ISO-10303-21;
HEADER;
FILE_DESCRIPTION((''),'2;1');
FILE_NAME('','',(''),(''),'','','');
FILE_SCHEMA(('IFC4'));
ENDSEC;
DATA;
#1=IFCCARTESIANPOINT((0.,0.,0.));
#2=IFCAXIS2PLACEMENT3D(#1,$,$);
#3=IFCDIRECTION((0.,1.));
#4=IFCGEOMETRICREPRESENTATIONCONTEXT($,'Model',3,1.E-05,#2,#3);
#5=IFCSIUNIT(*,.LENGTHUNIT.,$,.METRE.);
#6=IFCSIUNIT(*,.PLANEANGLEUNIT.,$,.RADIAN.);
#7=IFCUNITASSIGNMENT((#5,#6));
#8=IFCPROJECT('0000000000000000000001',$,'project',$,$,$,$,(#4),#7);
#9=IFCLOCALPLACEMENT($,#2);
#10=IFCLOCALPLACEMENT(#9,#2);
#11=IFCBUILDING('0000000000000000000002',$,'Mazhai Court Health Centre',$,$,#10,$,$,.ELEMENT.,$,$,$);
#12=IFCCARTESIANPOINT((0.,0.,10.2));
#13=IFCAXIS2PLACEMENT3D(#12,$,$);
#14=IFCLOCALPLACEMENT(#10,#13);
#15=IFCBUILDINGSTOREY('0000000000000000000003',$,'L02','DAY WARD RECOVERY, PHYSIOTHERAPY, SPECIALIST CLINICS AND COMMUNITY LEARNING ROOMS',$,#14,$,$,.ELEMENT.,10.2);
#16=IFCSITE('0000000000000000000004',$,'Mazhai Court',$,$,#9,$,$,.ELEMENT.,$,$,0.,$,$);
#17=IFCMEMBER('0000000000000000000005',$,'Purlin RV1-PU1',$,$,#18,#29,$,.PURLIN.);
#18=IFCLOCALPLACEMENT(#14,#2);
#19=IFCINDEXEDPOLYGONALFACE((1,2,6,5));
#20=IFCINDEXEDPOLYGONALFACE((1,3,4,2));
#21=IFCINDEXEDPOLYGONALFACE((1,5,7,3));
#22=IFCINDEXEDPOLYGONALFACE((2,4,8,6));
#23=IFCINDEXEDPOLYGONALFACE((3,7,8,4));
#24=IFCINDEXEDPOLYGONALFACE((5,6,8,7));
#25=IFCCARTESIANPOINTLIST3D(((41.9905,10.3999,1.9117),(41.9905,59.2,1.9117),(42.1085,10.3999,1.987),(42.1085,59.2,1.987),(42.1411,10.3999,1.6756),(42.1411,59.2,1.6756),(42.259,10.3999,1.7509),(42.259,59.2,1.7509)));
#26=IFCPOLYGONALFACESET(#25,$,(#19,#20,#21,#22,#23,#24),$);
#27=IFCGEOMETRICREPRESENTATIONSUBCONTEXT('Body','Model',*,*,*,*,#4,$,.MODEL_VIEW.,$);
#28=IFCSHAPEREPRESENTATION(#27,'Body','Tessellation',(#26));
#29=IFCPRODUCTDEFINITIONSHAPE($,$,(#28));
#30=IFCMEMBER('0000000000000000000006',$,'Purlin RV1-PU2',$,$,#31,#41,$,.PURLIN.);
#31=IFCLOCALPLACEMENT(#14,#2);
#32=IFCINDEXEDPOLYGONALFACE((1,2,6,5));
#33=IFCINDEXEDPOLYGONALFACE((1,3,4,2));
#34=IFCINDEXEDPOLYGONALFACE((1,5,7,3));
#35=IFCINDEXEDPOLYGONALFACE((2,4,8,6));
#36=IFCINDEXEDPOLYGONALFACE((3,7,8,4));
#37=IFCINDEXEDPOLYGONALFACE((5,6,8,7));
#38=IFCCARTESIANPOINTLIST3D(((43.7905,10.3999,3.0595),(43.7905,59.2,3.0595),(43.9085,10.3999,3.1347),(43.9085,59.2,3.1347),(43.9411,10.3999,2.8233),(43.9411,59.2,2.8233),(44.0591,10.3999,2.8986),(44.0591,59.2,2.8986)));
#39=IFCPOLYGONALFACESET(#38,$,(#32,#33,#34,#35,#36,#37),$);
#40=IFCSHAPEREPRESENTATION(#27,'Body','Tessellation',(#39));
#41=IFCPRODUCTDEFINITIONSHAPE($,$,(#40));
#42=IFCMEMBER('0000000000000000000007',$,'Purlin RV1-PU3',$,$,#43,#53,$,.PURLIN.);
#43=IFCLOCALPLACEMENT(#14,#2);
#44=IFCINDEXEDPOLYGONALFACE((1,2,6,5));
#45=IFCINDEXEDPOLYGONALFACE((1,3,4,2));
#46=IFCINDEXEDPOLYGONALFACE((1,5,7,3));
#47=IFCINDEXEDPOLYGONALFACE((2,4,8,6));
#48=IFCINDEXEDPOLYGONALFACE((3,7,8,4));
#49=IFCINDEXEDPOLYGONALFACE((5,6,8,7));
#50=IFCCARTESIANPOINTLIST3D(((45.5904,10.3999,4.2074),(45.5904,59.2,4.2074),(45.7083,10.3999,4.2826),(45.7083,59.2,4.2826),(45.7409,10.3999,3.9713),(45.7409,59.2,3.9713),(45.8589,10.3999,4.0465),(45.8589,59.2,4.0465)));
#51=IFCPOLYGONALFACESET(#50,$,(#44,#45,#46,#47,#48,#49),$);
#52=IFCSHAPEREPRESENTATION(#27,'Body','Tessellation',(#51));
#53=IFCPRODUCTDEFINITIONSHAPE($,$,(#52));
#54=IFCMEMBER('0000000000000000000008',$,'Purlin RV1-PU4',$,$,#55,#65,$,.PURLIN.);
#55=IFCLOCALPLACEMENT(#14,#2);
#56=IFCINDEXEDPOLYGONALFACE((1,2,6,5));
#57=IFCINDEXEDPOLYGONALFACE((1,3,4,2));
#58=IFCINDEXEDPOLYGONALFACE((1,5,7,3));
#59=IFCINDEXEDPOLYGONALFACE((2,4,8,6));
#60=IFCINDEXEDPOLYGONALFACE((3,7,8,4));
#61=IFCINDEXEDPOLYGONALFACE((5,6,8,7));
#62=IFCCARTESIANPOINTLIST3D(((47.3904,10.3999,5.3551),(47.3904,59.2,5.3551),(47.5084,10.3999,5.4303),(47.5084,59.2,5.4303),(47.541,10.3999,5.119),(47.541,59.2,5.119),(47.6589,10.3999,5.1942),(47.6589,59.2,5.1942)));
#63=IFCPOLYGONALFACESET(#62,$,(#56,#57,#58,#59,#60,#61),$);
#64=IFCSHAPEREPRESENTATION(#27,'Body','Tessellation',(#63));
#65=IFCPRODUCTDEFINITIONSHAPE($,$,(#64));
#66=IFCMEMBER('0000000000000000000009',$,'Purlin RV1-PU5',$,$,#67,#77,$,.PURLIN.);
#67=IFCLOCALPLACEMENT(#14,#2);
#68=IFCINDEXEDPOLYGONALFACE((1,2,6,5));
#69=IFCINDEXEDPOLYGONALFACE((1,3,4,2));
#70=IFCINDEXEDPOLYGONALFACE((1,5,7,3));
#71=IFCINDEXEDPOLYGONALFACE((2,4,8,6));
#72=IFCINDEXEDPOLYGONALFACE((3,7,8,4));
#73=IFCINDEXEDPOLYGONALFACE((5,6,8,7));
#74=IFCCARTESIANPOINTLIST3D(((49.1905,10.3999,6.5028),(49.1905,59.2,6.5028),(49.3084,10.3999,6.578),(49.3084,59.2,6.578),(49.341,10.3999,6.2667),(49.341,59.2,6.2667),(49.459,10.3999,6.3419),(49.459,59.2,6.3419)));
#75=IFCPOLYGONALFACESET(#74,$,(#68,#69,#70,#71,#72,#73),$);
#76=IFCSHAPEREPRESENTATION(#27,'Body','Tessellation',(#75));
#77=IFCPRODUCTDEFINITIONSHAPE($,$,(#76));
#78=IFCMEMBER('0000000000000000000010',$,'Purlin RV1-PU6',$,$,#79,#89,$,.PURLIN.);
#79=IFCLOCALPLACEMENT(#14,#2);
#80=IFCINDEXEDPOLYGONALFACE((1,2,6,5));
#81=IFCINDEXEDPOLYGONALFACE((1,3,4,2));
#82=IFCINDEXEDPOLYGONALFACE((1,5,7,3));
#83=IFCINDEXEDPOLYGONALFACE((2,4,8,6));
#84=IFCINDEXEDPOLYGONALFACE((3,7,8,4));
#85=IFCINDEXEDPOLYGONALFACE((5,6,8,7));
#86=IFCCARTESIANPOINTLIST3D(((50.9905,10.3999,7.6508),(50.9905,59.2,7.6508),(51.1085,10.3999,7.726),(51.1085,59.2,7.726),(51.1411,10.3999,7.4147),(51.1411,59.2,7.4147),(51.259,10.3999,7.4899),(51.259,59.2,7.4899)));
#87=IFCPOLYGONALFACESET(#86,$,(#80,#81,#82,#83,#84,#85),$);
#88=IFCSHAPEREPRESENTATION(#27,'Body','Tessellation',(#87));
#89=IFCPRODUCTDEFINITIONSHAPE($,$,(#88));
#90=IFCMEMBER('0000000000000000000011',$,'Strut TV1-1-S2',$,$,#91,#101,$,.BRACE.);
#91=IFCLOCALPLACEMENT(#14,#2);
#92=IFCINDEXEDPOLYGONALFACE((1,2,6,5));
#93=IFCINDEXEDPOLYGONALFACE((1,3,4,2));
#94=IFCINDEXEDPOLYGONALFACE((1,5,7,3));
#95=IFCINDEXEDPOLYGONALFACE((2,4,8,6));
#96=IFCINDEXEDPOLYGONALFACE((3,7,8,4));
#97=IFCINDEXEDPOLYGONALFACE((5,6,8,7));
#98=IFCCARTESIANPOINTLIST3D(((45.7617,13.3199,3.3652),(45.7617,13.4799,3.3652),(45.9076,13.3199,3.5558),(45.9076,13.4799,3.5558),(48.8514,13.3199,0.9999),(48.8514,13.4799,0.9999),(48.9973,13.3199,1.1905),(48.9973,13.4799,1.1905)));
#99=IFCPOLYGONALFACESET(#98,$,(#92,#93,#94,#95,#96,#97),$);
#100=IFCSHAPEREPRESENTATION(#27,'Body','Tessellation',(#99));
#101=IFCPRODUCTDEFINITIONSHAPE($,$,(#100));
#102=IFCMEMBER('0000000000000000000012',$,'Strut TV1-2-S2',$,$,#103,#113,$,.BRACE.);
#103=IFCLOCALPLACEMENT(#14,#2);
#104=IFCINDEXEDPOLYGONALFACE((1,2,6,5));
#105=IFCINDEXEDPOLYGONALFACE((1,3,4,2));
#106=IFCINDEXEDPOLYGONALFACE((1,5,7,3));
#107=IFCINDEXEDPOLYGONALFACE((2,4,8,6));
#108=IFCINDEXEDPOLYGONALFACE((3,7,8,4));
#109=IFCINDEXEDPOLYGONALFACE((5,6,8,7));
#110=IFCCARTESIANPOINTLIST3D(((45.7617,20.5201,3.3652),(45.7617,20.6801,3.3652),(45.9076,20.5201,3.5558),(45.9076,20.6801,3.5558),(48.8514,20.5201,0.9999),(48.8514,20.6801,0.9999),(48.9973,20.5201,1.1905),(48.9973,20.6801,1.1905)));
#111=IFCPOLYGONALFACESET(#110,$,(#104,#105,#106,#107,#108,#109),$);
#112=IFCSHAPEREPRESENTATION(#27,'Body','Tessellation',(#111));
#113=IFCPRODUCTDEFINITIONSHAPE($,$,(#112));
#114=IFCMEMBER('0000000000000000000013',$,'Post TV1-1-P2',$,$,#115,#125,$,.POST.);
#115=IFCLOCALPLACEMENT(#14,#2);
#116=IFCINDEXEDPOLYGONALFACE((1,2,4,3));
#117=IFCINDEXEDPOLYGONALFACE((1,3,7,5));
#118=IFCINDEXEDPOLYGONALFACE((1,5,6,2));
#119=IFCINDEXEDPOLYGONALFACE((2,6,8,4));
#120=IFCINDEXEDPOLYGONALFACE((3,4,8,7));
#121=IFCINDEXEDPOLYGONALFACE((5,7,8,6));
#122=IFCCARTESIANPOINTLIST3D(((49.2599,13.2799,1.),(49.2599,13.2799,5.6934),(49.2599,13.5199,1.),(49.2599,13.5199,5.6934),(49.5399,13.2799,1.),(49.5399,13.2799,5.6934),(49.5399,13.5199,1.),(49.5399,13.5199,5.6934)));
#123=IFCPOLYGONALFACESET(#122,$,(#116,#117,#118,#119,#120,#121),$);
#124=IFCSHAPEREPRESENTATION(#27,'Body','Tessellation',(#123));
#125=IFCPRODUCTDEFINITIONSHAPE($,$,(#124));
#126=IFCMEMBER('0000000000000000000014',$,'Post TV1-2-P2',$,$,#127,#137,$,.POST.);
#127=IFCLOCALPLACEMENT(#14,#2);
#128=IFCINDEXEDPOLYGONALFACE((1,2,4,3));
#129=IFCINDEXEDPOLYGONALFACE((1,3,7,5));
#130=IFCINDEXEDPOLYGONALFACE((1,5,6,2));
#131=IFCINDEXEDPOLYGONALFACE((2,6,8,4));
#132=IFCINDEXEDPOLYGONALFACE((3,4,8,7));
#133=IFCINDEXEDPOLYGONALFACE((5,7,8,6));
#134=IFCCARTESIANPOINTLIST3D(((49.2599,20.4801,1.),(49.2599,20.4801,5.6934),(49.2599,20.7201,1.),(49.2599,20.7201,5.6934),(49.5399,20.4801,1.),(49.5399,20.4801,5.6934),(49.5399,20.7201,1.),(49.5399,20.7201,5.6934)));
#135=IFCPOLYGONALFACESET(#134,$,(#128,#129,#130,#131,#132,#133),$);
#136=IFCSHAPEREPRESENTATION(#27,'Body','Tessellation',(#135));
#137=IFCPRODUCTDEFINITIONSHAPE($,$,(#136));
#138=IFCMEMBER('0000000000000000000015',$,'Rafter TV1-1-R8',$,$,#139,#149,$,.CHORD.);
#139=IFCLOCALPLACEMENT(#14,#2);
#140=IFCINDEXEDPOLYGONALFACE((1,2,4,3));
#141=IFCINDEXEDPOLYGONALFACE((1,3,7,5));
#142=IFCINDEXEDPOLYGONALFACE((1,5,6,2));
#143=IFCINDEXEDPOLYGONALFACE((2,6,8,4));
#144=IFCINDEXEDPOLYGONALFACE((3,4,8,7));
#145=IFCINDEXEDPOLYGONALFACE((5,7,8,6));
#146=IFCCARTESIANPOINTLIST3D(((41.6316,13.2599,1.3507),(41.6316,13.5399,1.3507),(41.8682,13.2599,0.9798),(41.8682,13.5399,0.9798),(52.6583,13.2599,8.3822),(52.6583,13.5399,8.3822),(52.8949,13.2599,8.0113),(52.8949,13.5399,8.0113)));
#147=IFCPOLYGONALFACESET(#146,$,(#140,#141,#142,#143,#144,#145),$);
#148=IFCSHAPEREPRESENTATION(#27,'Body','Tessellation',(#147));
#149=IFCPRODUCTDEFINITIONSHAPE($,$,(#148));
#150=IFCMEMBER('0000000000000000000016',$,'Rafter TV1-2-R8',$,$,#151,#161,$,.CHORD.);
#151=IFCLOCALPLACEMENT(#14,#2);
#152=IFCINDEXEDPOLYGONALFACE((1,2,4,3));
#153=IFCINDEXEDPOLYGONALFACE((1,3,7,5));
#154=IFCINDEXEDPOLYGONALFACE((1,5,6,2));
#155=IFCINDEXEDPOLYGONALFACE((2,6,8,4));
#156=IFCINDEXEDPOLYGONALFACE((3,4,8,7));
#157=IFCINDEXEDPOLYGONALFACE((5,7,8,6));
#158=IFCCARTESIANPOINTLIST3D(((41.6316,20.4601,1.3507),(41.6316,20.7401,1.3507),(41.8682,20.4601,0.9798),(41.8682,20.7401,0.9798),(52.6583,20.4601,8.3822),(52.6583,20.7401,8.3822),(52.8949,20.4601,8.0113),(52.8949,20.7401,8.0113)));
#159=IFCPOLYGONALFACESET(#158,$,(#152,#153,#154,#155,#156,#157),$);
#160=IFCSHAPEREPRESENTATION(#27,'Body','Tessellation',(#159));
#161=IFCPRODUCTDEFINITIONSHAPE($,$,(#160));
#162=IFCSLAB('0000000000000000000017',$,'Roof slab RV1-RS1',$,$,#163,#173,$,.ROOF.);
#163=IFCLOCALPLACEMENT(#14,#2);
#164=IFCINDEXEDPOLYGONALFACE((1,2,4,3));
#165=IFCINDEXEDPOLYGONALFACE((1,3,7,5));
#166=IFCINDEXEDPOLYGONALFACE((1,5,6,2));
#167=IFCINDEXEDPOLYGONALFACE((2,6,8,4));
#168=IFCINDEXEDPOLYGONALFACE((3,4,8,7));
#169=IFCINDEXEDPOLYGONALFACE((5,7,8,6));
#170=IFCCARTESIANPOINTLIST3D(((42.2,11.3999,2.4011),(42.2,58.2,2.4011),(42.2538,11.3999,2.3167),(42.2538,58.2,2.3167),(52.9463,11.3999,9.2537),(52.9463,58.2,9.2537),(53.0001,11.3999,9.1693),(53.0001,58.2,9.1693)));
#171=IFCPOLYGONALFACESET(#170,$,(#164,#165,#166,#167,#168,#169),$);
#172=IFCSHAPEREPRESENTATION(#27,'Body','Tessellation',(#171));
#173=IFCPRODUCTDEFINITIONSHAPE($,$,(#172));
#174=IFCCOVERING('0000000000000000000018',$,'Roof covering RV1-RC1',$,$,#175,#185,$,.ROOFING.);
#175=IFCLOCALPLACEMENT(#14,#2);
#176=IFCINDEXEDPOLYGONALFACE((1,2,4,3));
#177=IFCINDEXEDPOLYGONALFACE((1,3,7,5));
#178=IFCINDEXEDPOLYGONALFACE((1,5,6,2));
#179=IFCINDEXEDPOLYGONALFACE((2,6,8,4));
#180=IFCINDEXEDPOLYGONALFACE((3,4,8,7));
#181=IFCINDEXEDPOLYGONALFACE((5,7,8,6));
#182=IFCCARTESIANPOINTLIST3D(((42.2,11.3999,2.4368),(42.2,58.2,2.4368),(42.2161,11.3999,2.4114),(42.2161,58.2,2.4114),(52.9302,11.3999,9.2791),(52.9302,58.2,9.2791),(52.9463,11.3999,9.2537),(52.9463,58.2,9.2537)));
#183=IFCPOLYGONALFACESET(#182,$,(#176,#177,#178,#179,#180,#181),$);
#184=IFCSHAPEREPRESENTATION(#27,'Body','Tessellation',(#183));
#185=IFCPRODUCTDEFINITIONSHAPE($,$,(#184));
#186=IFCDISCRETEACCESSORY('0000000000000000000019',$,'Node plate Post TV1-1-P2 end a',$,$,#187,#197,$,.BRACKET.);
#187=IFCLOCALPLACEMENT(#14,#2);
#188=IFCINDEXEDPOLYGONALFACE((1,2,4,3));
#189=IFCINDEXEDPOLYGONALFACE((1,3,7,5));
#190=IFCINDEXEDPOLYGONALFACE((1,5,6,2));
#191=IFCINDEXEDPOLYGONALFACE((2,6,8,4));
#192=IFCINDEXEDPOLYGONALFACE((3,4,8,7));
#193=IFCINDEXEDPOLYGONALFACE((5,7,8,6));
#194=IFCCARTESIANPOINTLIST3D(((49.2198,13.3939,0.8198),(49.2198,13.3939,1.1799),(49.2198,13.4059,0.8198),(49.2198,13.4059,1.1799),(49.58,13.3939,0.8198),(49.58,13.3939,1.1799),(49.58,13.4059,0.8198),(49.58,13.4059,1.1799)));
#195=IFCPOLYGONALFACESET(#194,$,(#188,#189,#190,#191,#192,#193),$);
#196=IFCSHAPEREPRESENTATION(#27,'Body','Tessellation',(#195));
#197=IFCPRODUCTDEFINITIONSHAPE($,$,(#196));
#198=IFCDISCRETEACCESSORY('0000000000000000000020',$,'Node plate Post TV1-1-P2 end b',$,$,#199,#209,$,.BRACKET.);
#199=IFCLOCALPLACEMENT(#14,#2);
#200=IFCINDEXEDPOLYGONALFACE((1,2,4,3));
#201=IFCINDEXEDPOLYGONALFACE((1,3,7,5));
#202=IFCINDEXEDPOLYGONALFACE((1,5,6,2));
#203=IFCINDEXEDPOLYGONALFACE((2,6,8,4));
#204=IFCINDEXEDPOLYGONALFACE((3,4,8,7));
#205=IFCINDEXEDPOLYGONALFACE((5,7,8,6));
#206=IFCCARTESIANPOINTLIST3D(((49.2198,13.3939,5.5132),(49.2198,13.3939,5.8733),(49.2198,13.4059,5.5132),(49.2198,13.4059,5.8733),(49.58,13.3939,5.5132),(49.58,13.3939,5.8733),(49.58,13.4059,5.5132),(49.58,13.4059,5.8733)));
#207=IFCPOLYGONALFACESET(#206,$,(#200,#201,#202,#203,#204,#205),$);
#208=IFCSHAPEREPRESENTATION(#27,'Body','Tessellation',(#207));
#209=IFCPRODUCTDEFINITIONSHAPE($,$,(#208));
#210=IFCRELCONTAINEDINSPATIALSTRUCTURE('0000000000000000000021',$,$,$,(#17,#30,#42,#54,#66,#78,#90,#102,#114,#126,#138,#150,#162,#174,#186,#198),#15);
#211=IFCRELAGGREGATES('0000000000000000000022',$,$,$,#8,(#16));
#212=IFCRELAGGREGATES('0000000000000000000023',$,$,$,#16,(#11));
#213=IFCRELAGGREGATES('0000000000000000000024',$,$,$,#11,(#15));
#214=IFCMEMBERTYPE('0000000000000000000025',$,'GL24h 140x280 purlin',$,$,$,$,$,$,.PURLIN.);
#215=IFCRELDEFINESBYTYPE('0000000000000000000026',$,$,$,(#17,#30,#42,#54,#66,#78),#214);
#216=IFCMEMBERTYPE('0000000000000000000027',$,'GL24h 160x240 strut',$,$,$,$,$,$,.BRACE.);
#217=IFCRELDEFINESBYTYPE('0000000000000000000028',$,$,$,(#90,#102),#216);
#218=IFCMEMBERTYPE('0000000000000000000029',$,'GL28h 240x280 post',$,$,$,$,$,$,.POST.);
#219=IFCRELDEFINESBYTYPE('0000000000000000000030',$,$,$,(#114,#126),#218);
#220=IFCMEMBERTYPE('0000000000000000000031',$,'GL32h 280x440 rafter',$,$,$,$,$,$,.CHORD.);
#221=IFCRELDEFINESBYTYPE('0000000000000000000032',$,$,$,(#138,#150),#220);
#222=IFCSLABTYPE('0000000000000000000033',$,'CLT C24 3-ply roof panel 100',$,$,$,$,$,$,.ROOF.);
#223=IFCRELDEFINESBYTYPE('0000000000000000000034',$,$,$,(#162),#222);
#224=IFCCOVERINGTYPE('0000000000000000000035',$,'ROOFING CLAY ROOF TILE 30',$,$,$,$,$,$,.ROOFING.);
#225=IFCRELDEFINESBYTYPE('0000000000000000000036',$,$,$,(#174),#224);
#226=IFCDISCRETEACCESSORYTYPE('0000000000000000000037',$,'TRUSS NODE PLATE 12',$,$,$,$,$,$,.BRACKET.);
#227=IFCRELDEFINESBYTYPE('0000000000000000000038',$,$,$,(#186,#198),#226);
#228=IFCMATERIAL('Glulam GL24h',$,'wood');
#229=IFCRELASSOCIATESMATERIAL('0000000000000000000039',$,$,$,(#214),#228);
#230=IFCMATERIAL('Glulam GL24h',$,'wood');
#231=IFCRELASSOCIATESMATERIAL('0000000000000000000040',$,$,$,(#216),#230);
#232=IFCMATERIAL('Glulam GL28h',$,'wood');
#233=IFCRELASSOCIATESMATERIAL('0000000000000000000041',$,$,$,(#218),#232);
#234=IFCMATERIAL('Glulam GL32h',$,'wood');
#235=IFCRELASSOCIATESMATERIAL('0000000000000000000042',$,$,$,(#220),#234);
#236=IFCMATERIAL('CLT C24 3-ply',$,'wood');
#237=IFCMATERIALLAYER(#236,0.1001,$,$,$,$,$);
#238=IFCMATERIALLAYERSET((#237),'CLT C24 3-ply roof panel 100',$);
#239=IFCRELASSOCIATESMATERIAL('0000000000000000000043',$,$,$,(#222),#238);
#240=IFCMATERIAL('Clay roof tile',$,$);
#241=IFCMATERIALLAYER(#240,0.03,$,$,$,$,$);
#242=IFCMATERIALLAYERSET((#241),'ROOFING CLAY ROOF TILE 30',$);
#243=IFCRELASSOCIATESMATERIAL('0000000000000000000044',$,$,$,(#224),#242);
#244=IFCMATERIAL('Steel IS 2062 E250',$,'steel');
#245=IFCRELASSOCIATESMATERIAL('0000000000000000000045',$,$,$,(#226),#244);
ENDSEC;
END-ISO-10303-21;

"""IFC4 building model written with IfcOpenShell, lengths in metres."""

from ifc_helpers import new_model, si_unit, direction, frame, origin, origin_2d, place, context, subcontext, project, spatial, polyline, rectangle, outline, extrude, material, layer, layer_set, material_profile, profile_set, type_object, element, save


model = new_model("IFC4")

# Units and contexts
model_context = context("Model", 3, precision=1e-05, world=origin(), true_north=direction((0.0, 1.0)))
body_context = subcontext(model_context, "Body", "Model", "MODEL_VIEW")
ifc_project = project(units=[si_unit("LENGTHUNIT", "METRE"), si_unit("PLANEANGLEUNIT", "RADIAN")], contexts=[model_context])

# Site, building, storey
site_placement = place(None, origin())
site = spatial("IfcSite", under=ifc_project, at=site_placement, Name="Mazhai Court", CompositionType="ELEMENT", RefElevation=0.0)
building_placement = place(site_placement, origin())
building = spatial("IfcBuilding", under=site, at=building_placement, Name="Mazhai Court Health Centre", CompositionType="ELEMENT")
storey_placement = place(building_placement, frame((0.0, 0.0, 10.2)))
storey = spatial("IfcBuildingStorey", under=building, at=storey_placement, Name="L02", Description="DAY WARD RECOVERY, PHYSIOTHERAPY, SPECIALIST CLINICS AND COMMUNITY LEARNING ROOMS", CompositionType="ELEMENT", Elevation=10.2)

# Members
ifc_material_1 = material(Name="Glulam GL24h", Category="wood")
ifc_material_profile_1 = material_profile(ifc_material_1, rectangle(XDim=0.1399, YDim=0.28, at=origin_2d()), Name="GL24h 140x280")
ifc_profile_set_1 = profile_set([ifc_material_profile_1], Name="Glulam GL24h")
member_type_1 = type_object("IfcMemberType", Name="GL24h 140x280 purlin", PredefinedType="PURLIN", material=ifc_profile_set_1)
for number, where, z_axis, x_axis, name in (
    (1, (42.1248, 10.3999, 1.8313), (0.0, 1.0, 0.0), (-0.843162, 0.0, -0.53766), "Purlin RV1-PU1"),
    (2, (43.9248, 10.3999, 2.979), (0.0, 1.0, 0.0), (-0.843162, 0.0, -0.53766), "Purlin RV1-PU2"),
    (3, (45.7246, 10.3999, 4.127), (0.0, 1.0, 0.0), (-0.843162, 0.0, -0.53766), "Purlin RV1-PU3"),
    (4, (47.5247, 10.3999, 5.2747), (0.0, 1.0, 0.0), (-0.843162, 0.0, -0.53766), "Purlin RV1-PU4"),
    (5, (49.3247, 10.3999, 6.4224), (0.0, 1.0, 0.0), (-0.843162, 0.0, -0.53766), "Purlin RV1-PU5"),
    (6, (51.1248, 10.3999, 7.5703), (0.0, 1.0, 0.0), (-0.843162, 0.0, -0.53766), "Purlin RV1-PU6"),
):
    element("IfcMember", number, at=place(storey_placement, frame(where, z_axis=z_axis, x_axis=x_axis)), inside=storey, type_object=member_type_1, Name=name, PredefinedType="PURLIN", context=body_context, shape_type="SweptSolid", body=[
        extrude(rectangle(XDim=0.1399, YDim=0.28, at=origin_2d()), origin(), (0.0, 0.0, 1.0), 48.8),
    ])
ifc_material_2 = material(Name="Glulam GL24h", Category="wood")
ifc_material_profile_2 = material_profile(ifc_material_2, rectangle(XDim=0.1599, YDim=0.24, at=origin_2d()), Name="GL24h 160x240")
ifc_profile_set_2 = profile_set([ifc_material_profile_2], Name="Glulam GL24h")
member_type_2 = type_object("IfcMemberType", Name="GL24h 160x240 strut", PredefinedType="BRACE", material=ifc_profile_set_2)
for number, where, z_axis, x_axis, name in (
    (7, (48.9243, 13.3999, 1.0952), (-0.794035, 0.0, 0.607872), (0.0, -1.0, 0.0), "Strut TV1-1-S2"),
    (8, (48.9243, 20.6001, 1.0952), (-0.794035, 0.0, 0.607872), (0.0, -1.0, 0.0), "Strut TV1-2-S2"),
):
    element("IfcMember", number, at=place(storey_placement, frame(where, z_axis=z_axis, x_axis=x_axis)), inside=storey, type_object=member_type_2, Name=name, PredefinedType="BRACE", context=body_context, shape_type="SweptSolid", body=[
        extrude(rectangle(XDim=0.1599, YDim=0.24, at=origin_2d()), origin(), (0.0, 0.0, 1.0), 3.8911),
    ])
ifc_material_3 = material(Name="Glulam GL28h", Category="wood")
ifc_material_profile_3 = material_profile(ifc_material_3, rectangle(XDim=0.24, YDim=0.28, at=origin_2d()), Name="GL28h 240x280")
ifc_profile_set_3 = profile_set([ifc_material_profile_3], Name="Glulam GL28h")
member_type_3 = type_object("IfcMemberType", Name="GL28h 240x280 post", PredefinedType="POST", material=ifc_profile_set_3)
for number, where, z_axis, x_axis, name in (
    (9, (49.3999, 13.3999, 1.0), (0.0, 0.0, 1.0), (0.0, 1.0, 0.0), "Post TV1-1-P2"),
    (10, (49.3999, 20.6001, 1.0), (0.0, 0.0, 1.0), (0.0, 1.0, 0.0), "Post TV1-2-P2"),
):
    element("IfcMember", number, at=place(storey_placement, frame(where, z_axis=z_axis, x_axis=x_axis)), inside=storey, type_object=member_type_3, Name=name, PredefinedType="POST", context=body_context, shape_type="SweptSolid", body=[
        extrude(rectangle(XDim=0.24, YDim=0.28, at=origin_2d()), origin(), (0.0, 0.0, 1.0), 4.6934),
    ])
ifc_material_4 = material(Name="Glulam GL32h", Category="wood")
ifc_material_profile_4 = material_profile(ifc_material_4, rectangle(XDim=0.28, YDim=0.4399, at=origin_2d()), Name="GL32h 280x440")
ifc_profile_set_4 = profile_set([ifc_material_profile_4], Name="Glulam GL32h")
member_type_4 = type_object("IfcMemberType", Name="GL32h 280x440 rafter", PredefinedType="CHORD", material=ifc_profile_set_4)
for number, where, z_axis, x_axis, name in (
    (11, (52.7766, 13.3999, 8.1968), (-0.843157, 0.0, -0.537668), (0.0, -1.0, 0.0), "Rafter TV1-1-R8"),
    (12, (52.7766, 20.6001, 8.1968), (-0.843157, 0.0, -0.537668), (0.0, -1.0, 0.0), "Rafter TV1-2-R8"),
):
    element("IfcMember", number, at=place(storey_placement, frame(where, z_axis=z_axis, x_axis=x_axis)), inside=storey, type_object=member_type_4, Name=name, PredefinedType="CHORD", context=body_context, shape_type="SweptSolid", body=[
        extrude(rectangle(XDim=0.28, YDim=0.4399, at=origin_2d()), origin(), (0.0, 0.0, 1.0), 13.0779),
    ])

# Slab
ifc_material_5 = material(Name="CLT C24 3-ply", Category="wood")
ifc_layer_1 = layer(ifc_material_5, 0.1001)
ifc_layer_set_1 = layer_set([ifc_layer_1], Name="CLT C24 3-ply roof panel 100")
slab_type = type_object("IfcSlabType", Name="CLT C24 3-ply roof panel 100", PredefinedType="ROOF", material=ifc_layer_set_1)
slab_placement = place(storey_placement, frame((42.2, 11.3999, 2.4011), z_axis=(-0.537655, 0.0, 0.843165), x_axis=(0.843165, 0.0, 0.537655)))
element("IfcSlab", 13, at=slab_placement, inside=storey, type_object=slab_type, Name="Roof slab RV1-RS1", PredefinedType="ROOF", context=body_context, shape_type="SweptSolid", body=[
    extrude(outline(polyline([(0.0, 0.0), (12.7452, 0.0), (12.7452, 46.8), (0.0, 46.8), (0.0, 0.0)])), origin(), (0.0, 0.0, -1.0), 0.1001),
])

# Covering
ifc_material_6 = material(Name="Clay roof tile")
ifc_layer_2 = layer(ifc_material_6, 0.03)
ifc_layer_set_2 = layer_set([ifc_layer_2], Name="ROOFING CLAY ROOF TILE 30")
covering_type = type_object("IfcCoveringType", Name="ROOFING CLAY ROOF TILE 30", PredefinedType="ROOFING", material=ifc_layer_set_2)
covering_placement = place(storey_placement, frame((42.2, 11.3999, 2.4368), z_axis=(-0.537656, 0.0, 0.843164), x_axis=(0.843164, 0.0, 0.537656)))
element("IfcCovering", 14, at=covering_placement, inside=storey, type_object=covering_type, Name="Roof covering RV1-RC1", PredefinedType="ROOFING", context=body_context, shape_type="SweptSolid", body=[
    extrude(outline(polyline([(0.0, 0.0), (12.7261, 0.0), (12.7261, 46.8), (0.0, 46.8), (0.0, 0.0)])), origin(), (0.0, 0.0, -1.0), 0.03),
])

# Discrete accessories
ifc_material_7 = material(Name="Steel IS 2062 E250", Category="steel")
discrete_accessory_type = type_object("IfcDiscreteAccessoryType", Name="TRUSS NODE PLATE 12", PredefinedType="BRACKET", material=ifc_material_7)
for number, where, z_axis, x_axis, name in (
    (15, (49.3999, 13.3999, 0.8198), (0.0, 0.0, 1.0), (1.0, 0.0, 0.0), "Node plate Post TV1-1-P2 end a"),
    (16, (49.3999, 13.3999, 5.5132), (0.0, 0.0, 1.0), (1.0, 0.0, 0.0), "Node plate Post TV1-1-P2 end b"),
):
    element("IfcDiscreteAccessory", number, at=place(storey_placement, frame(where, z_axis=z_axis, x_axis=x_axis)), inside=storey, type_object=discrete_accessory_type, Name=name, PredefinedType="BRACKET", context=body_context, shape_type="SweptSolid", body=[
        extrude(rectangle(XDim=0.3601, YDim=0.012, at=origin_2d()), origin(), (0.0, 0.0, 1.0), 0.3601),
    ])

save(model, "model.ifc")
